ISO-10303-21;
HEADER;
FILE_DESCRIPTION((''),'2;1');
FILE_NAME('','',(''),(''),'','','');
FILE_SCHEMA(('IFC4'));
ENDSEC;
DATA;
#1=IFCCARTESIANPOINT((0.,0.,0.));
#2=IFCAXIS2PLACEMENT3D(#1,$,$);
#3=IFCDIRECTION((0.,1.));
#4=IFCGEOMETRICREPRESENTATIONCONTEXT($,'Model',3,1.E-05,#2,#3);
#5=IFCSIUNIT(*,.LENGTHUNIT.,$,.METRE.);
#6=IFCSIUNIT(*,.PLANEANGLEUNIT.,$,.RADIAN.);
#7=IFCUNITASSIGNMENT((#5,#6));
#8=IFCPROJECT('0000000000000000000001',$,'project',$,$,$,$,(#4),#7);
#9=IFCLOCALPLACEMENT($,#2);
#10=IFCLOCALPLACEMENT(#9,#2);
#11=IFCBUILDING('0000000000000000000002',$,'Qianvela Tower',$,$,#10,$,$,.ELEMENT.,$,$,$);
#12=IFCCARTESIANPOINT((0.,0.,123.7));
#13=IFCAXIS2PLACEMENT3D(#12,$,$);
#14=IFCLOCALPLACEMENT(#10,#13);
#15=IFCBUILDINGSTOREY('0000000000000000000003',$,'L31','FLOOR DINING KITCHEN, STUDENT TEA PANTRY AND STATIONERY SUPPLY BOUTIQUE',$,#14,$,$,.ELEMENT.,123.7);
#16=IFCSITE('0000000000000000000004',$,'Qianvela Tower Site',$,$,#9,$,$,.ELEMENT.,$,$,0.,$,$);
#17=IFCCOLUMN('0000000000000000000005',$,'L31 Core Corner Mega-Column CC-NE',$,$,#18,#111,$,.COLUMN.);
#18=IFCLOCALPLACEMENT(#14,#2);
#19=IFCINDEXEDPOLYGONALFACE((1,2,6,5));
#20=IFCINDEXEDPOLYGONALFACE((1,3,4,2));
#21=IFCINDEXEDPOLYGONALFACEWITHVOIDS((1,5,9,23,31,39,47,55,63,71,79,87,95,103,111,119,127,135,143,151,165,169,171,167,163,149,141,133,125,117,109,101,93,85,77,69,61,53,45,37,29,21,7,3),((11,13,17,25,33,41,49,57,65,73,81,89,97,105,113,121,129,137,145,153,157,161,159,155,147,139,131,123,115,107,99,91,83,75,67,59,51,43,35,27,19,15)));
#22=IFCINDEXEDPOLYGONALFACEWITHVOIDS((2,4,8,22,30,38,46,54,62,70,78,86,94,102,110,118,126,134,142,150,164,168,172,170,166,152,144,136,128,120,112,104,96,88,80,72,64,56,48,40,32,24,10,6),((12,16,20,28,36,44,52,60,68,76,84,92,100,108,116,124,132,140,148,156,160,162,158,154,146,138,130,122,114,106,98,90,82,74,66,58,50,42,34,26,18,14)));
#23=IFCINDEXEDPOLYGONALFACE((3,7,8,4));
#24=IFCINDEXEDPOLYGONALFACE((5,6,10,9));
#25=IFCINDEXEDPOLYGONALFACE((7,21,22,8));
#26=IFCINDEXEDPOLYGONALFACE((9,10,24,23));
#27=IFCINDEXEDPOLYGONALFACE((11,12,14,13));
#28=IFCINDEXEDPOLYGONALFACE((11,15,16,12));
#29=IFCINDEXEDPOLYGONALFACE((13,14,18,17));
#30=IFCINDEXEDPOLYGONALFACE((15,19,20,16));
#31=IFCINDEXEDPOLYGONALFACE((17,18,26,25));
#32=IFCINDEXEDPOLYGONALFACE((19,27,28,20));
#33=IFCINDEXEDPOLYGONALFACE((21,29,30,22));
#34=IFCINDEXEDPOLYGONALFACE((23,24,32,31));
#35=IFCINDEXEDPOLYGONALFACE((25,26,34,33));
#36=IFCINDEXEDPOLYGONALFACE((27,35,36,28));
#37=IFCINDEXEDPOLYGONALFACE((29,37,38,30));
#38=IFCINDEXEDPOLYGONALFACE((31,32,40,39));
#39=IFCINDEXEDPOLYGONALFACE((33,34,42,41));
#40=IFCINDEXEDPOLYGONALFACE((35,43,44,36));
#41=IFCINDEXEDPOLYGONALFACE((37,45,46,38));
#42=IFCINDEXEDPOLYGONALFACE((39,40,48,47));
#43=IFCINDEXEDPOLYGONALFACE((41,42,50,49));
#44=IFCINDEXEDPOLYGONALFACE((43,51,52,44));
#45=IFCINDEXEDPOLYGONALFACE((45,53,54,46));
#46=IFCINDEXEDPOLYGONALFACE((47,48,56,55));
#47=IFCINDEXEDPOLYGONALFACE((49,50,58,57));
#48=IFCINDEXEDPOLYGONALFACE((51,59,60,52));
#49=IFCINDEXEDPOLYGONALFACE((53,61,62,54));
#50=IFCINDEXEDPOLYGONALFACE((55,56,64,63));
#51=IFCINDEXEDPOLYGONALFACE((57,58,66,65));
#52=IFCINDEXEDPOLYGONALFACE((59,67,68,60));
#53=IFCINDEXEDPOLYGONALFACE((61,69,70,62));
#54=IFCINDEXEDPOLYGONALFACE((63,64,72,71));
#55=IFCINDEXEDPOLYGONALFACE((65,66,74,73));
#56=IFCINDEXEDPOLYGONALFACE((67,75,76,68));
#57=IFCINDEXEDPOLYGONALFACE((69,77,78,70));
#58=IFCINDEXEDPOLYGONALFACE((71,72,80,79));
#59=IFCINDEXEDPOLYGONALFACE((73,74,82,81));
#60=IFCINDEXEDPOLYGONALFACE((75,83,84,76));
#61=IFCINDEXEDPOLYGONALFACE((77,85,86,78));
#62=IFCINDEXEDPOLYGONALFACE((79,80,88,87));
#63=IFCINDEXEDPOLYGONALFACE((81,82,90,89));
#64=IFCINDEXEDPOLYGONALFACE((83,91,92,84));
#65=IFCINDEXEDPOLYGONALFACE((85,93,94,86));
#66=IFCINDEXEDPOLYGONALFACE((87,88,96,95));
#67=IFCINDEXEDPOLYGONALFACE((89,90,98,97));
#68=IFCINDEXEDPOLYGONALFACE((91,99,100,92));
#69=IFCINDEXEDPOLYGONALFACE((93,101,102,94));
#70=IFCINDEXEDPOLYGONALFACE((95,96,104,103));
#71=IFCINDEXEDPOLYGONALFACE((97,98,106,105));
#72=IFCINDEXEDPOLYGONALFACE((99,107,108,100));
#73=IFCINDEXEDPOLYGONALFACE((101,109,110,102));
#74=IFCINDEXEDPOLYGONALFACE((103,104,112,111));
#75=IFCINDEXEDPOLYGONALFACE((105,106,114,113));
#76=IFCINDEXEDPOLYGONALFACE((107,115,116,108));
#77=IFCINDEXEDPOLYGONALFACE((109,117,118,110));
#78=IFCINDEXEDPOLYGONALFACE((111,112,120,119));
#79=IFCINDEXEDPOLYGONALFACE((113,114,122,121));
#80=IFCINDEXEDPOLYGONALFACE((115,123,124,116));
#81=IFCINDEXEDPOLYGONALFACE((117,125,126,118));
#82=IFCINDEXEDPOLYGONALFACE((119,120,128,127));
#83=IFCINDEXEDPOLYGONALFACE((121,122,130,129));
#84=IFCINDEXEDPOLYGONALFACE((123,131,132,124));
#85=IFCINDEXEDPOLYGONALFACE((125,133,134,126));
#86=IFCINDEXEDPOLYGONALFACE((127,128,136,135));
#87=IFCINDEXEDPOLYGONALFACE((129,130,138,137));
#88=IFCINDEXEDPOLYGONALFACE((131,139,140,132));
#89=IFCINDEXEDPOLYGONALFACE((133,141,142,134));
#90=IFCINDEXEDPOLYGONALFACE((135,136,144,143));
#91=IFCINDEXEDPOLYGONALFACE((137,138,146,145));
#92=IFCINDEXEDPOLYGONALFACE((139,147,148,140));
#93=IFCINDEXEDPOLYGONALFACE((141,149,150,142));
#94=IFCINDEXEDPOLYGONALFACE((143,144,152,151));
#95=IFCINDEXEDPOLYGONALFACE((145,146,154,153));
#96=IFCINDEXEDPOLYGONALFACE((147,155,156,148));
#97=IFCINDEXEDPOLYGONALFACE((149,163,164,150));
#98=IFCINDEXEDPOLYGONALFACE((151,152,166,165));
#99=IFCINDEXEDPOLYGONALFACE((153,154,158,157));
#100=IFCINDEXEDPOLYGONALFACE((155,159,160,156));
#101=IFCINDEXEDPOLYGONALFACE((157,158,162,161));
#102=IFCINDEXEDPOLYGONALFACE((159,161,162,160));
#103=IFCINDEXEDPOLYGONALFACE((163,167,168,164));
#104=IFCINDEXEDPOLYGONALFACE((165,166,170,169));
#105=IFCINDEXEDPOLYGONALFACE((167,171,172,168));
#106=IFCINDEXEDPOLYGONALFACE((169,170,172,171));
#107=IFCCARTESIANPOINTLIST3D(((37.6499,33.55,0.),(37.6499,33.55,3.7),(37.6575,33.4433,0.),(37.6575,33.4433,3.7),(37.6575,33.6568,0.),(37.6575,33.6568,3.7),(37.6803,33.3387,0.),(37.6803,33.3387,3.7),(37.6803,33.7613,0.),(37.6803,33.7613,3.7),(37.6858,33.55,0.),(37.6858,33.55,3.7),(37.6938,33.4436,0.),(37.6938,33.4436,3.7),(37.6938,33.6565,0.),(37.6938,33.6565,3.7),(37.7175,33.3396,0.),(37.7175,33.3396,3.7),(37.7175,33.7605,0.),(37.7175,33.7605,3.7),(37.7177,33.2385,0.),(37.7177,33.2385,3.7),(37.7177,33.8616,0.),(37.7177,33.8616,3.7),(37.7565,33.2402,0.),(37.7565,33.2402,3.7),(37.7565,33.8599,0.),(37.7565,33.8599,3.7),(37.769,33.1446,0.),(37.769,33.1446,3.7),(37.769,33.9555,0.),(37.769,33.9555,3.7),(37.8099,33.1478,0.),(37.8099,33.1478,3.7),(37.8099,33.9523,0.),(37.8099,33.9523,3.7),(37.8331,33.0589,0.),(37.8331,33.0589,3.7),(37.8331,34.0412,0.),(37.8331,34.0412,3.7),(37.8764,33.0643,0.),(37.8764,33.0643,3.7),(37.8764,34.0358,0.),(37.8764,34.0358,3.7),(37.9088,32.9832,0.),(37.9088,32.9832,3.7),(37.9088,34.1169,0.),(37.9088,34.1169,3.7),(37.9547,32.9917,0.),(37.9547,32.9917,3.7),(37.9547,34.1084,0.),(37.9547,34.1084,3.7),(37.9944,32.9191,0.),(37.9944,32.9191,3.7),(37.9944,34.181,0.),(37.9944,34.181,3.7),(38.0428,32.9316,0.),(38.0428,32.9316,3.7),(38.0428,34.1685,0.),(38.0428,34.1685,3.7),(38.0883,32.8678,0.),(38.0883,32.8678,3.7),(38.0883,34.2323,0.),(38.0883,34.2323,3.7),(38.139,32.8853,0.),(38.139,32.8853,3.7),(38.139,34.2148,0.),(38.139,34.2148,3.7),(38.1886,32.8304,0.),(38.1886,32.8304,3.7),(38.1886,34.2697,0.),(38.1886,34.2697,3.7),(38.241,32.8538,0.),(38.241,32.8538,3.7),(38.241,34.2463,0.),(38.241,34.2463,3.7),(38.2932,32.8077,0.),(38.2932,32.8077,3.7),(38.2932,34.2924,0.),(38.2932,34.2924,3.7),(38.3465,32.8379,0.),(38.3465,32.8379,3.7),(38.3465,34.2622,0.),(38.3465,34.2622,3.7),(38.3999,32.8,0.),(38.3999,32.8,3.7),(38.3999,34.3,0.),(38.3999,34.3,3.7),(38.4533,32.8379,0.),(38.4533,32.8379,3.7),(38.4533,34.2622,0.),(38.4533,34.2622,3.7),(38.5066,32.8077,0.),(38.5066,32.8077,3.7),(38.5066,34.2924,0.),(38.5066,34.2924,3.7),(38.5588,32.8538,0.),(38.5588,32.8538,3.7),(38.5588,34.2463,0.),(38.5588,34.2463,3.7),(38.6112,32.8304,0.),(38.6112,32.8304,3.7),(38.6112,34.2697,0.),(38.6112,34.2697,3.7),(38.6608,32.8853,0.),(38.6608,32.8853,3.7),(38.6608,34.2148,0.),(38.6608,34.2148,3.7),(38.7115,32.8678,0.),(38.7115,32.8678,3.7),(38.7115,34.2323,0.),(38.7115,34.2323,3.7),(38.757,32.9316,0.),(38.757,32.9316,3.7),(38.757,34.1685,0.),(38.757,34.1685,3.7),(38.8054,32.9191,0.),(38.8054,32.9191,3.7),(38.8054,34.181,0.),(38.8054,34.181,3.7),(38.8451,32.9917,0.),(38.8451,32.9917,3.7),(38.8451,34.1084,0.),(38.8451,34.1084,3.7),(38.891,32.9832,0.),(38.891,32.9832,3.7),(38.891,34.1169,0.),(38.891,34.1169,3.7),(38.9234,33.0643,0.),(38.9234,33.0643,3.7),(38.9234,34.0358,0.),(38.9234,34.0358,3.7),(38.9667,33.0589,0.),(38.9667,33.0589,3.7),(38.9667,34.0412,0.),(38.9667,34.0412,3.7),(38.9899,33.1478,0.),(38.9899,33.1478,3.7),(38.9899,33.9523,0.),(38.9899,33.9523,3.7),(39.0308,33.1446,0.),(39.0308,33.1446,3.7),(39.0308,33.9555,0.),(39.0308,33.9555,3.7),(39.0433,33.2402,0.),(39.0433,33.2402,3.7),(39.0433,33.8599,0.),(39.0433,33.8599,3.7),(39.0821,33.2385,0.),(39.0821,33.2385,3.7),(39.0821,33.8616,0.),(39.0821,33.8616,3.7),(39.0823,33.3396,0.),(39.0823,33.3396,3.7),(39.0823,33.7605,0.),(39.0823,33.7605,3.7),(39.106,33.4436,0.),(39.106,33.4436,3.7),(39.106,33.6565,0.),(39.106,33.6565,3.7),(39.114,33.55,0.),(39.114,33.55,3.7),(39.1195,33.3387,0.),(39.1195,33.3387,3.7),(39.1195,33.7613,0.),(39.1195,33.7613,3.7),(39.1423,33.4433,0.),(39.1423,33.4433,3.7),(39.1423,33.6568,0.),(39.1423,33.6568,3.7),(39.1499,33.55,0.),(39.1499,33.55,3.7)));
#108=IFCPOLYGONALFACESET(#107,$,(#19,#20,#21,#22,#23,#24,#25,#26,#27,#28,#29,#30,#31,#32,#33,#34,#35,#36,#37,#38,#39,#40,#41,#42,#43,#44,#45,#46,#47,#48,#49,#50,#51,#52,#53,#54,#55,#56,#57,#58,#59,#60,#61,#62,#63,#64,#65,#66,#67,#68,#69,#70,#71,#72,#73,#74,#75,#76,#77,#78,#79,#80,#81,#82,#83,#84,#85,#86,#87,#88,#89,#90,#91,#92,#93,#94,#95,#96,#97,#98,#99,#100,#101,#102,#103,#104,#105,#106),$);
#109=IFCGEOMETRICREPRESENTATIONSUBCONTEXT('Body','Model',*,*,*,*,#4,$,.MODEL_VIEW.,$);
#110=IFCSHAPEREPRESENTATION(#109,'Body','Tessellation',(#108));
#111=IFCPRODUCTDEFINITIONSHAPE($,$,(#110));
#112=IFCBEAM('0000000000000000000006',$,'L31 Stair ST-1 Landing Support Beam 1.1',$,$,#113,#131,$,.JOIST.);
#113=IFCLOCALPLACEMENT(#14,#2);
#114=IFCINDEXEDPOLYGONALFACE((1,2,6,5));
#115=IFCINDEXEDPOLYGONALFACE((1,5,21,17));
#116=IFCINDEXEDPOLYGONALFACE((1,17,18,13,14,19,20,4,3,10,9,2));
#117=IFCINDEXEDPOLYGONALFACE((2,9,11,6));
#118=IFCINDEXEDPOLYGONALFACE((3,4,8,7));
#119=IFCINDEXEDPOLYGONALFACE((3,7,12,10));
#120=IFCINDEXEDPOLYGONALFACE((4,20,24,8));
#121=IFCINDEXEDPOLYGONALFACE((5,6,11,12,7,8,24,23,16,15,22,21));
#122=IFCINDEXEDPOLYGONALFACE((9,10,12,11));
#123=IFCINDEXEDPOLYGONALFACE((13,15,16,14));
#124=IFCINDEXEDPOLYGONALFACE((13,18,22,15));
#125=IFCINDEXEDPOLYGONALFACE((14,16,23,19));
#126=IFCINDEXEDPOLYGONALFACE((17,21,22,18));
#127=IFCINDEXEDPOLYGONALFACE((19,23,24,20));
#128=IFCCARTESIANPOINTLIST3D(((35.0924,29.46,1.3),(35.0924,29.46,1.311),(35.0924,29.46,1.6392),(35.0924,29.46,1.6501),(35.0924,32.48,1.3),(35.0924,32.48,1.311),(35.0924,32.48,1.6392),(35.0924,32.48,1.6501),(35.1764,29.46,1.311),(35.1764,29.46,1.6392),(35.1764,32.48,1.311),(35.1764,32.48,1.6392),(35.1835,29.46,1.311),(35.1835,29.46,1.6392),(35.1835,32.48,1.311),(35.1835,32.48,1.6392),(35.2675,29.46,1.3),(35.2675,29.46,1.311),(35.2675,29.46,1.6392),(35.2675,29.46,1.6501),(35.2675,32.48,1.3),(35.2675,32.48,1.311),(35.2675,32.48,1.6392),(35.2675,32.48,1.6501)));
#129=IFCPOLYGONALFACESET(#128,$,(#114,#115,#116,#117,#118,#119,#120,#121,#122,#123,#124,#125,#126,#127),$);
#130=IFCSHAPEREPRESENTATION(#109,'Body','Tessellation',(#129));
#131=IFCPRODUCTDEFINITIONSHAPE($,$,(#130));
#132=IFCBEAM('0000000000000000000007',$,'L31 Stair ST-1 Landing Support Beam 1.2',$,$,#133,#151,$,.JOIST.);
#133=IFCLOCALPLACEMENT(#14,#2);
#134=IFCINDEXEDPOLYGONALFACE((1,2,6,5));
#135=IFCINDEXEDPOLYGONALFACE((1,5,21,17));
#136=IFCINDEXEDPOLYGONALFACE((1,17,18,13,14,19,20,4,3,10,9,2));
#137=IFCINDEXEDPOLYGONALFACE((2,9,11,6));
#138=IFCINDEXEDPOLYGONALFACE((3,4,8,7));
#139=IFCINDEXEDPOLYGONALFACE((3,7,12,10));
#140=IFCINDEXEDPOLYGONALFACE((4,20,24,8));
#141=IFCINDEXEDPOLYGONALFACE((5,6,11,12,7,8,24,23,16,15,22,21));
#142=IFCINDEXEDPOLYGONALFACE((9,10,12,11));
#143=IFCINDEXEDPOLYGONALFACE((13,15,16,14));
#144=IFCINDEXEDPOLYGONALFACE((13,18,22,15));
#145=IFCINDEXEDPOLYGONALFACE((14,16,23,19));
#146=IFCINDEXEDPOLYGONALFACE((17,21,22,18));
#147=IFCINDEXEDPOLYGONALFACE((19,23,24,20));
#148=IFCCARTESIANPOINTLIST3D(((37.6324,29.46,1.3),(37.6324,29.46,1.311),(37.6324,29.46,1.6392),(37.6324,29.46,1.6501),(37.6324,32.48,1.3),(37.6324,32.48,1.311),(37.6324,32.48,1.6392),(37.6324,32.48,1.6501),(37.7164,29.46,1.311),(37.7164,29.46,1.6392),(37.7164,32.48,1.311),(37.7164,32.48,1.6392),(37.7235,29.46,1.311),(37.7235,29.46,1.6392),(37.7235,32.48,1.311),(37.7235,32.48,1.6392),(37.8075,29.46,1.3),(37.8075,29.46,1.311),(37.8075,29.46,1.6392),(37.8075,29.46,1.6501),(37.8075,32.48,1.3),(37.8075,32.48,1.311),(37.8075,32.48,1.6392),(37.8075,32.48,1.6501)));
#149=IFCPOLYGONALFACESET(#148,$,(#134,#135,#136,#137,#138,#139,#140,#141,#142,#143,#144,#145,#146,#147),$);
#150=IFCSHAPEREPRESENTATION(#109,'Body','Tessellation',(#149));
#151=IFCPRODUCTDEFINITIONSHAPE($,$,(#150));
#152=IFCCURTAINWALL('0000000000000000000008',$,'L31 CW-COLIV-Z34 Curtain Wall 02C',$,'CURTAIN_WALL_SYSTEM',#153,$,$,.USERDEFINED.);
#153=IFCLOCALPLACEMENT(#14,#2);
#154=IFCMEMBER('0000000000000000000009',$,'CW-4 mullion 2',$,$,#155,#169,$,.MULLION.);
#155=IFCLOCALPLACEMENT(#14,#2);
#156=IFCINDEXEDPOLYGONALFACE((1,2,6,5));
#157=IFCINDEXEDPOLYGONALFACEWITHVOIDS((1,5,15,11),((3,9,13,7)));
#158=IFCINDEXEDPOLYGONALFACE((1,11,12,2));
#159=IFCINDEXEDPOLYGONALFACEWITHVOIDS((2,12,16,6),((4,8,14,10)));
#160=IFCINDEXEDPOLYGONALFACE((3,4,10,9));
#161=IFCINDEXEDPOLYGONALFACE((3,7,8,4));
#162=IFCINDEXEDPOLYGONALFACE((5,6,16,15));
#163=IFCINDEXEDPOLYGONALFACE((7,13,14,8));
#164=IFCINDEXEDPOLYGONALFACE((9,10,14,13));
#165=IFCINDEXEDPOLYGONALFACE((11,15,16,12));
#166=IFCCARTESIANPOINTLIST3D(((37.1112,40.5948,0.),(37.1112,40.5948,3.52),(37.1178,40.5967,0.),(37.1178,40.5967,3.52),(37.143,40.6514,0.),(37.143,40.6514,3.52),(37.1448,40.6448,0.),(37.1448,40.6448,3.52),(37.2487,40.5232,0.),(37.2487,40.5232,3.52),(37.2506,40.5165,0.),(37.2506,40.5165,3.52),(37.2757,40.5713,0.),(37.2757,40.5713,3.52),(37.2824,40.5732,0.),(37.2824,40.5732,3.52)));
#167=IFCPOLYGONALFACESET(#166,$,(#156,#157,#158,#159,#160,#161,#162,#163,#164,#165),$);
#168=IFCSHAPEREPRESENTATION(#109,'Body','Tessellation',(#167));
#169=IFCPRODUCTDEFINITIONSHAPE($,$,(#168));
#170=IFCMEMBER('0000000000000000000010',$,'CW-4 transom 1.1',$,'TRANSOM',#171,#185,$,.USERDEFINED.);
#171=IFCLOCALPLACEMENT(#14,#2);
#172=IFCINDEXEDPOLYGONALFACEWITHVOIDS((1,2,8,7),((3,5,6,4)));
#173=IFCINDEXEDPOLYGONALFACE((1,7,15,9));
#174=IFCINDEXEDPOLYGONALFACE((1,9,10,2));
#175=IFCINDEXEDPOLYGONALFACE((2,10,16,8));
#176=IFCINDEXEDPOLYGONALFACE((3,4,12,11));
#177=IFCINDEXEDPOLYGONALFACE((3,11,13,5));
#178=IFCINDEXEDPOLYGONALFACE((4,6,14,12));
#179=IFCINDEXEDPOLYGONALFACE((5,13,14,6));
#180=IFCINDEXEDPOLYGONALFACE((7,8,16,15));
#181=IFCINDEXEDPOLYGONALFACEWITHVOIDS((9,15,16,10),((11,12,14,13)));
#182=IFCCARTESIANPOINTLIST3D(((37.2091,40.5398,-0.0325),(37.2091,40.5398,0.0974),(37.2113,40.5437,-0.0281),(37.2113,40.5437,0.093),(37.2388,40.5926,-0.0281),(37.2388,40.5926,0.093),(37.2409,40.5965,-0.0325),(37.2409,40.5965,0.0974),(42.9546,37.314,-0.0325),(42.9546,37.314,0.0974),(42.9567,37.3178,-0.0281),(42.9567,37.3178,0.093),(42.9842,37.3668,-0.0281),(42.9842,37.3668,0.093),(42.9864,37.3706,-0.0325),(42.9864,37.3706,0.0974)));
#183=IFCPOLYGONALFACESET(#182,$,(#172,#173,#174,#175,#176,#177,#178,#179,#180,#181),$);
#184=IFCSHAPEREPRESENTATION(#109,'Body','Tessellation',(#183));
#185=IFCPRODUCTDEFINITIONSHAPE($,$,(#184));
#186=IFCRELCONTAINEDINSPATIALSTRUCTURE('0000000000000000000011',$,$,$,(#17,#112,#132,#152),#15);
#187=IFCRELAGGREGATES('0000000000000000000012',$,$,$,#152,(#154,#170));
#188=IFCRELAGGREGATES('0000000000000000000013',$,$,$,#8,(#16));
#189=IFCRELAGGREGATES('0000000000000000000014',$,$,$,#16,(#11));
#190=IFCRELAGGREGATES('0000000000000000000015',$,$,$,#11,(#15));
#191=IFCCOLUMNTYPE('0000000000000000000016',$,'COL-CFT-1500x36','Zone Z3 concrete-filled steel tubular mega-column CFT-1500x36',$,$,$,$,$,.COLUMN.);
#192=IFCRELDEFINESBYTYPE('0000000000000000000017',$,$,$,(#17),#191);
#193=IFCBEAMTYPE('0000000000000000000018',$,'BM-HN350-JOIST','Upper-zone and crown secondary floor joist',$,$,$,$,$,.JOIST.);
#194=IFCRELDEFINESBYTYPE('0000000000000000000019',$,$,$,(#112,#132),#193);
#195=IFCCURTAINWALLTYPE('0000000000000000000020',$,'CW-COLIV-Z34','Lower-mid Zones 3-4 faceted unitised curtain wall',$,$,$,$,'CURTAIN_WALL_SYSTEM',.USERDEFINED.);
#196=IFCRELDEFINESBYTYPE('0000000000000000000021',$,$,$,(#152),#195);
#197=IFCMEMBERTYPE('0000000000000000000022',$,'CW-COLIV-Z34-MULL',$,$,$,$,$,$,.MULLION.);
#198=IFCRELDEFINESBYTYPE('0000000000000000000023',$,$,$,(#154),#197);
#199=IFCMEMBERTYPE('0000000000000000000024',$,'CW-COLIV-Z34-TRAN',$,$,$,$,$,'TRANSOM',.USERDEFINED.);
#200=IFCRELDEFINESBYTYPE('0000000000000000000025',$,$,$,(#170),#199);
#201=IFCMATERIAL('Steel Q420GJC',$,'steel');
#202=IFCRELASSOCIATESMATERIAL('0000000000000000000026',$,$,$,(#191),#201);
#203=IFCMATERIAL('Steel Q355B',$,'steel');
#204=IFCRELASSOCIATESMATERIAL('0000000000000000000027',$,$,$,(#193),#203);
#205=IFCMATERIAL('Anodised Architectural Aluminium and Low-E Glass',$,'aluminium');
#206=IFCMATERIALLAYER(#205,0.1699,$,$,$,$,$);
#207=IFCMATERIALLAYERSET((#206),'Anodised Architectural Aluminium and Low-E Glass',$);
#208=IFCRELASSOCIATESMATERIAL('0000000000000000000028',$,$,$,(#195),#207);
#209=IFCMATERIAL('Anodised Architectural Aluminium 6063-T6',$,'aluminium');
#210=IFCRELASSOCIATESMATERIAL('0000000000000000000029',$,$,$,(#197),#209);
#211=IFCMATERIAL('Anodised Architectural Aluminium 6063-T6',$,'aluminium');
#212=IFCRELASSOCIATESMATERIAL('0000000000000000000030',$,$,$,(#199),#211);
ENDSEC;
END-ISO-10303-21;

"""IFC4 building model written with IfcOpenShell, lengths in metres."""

from ifc_helpers import new_model, si_unit, direction, frame, origin, origin_2d, place, context, subcontext, project, spatial, hollow_rectangle, hollow_circle, i_section, extrude, material, layer, layer_set, material_profile, profile_set, type_object, element, aggregate, save


model = new_model("IFC4")

# Units and contexts
model_context = context("Model", 3, precision=1e-05, world=origin(), true_north=direction((0.0, 1.0)))
body_context = subcontext(model_context, "Body", "Model", "MODEL_VIEW")
ifc_project = project(units=[si_unit("LENGTHUNIT", "METRE"), si_unit("PLANEANGLEUNIT", "RADIAN")], contexts=[model_context])

# Site, building, storey
site_placement = place(None, origin())
site = spatial("IfcSite", under=ifc_project, at=site_placement, Name="Qianvela Tower Site", CompositionType="ELEMENT", RefElevation=0.0)
building_placement = place(site_placement, origin())
building = spatial("IfcBuilding", under=site, at=building_placement, Name="Qianvela Tower", CompositionType="ELEMENT")
storey_placement = place(building_placement, frame((0.0, 0.0, 123.7)))
storey = spatial("IfcBuildingStorey", under=building, at=storey_placement, Name="L31", Description="FLOOR DINING KITCHEN, STUDENT TEA PANTRY AND STATIONERY SUPPLY BOUTIQUE", CompositionType="ELEMENT", Elevation=123.7)

# Column
ifc_material_1 = material(Name="Steel Q420GJC", Category="steel")
ifc_material_profile_1 = material_profile(ifc_material_1, hollow_circle(Radius=0.75, WallThickness=0.0359, at=origin_2d()), Name="CFT-1500x36")
ifc_profile_set_1 = profile_set([ifc_material_profile_1], Name="Steel Q420GJC")
column_type = type_object("IfcColumnType", Name="COL-CFT-1500x36", Description="Zone Z3 concrete-filled steel tubular mega-column CFT-1500x36", PredefinedType="COLUMN", material=ifc_profile_set_1)
column_placement = place(storey_placement, frame((38.3999, 33.55, 0.0), z_axis=(0.0, 0.0, 1.0), x_axis=(1.0, 0.0, 0.0)))
element("IfcColumn", 1, at=column_placement, inside=storey, type_object=column_type, Name="L31 Core Corner Mega-Column CC-NE", PredefinedType="COLUMN", context=body_context, shape_type="SweptSolid", body=[
    extrude(hollow_circle(Radius=0.75, WallThickness=0.0359, at=origin_2d()), origin(), (0.0, 0.0, 1.0), 3.7),
])

# Beams
ifc_material_2 = material(Name="Steel Q355B", Category="steel")
ifc_material_profile_2 = material_profile(ifc_material_2, i_section(OverallWidth=0.175, OverallDepth=0.3501, WebThickness=0.0071, FlangeThickness=0.011, at=origin_2d()), Name="HN350x175x7x11")
ifc_profile_set_2 = profile_set([ifc_material_profile_2], Name="Steel Q355B")
beam_type = type_object("IfcBeamType", Name="BM-HN350-JOIST", Description="Upper-zone and crown secondary floor joist", PredefinedType="JOIST", material=ifc_profile_set_2)
for number, where, z_axis, x_axis, name in (
    (2, (35.1799, 29.46, 1.4751), (0.0, 1.0, 0.0), (-1.0, 0.0, 0.0), "L31 Stair ST-1 Landing Support Beam 1.1"),
    (3, (37.72, 29.46, 1.4751), (0.0, 1.0, 0.0), (-1.0, 0.0, 0.0), "L31 Stair ST-1 Landing Support Beam 1.2"),
):
    element("IfcBeam", number, at=place(storey_placement, frame(where, z_axis=z_axis, x_axis=x_axis)), inside=storey, type_object=beam_type, Name=name, PredefinedType="JOIST", context=body_context, shape_type="SweptSolid", body=[
        extrude(i_section(OverallWidth=0.175, OverallDepth=0.3501, WebThickness=0.0071, FlangeThickness=0.011, at=origin_2d()), origin(), (0.0, 0.0, 1.0), 3.02),
    ])

# Curtain wall, members
ifc_material_3 = material(Name="Anodised Architectural Aluminium and Low-E Glass", Category="aluminium")
ifc_layer_1 = layer(ifc_material_3, 0.1699)
ifc_layer_set_1 = layer_set([ifc_layer_1], Name="Anodised Architectural Aluminium and Low-E Glass")
curtain_wall_type = type_object("IfcCurtainWallType", Name="CW-COLIV-Z34", Description="Lower-mid Zones 3-4 faceted unitised curtain wall", ElementType="CURTAIN_WALL_SYSTEM", PredefinedType="USERDEFINED", material=ifc_layer_set_1)
curtain_wall_placement = place(storey_placement, origin())
curtain_wall = element("IfcCurtainWall", 4, at=curtain_wall_placement, inside=storey, type_object=curtain_wall_type, Name="L31 CW-COLIV-Z34 Curtain Wall 02C", ObjectType="CURTAIN_WALL_SYSTEM", PredefinedType="USERDEFINED")
ifc_material_4 = material(Name="Anodised Architectural Aluminium 6063-T6", Category="aluminium")
ifc_material_profile_3 = material_profile(ifc_material_4, hollow_rectangle(XDim=0.0649, YDim=0.1599, WallThickness=0.0049, at=origin_2d()), Name="ALU-MULL-65x160")
ifc_profile_set_3 = profile_set([ifc_material_profile_3], Name="Anodised Architectural Aluminium 6063-T6")
member_type_1 = type_object("IfcMemberType", Name="CW-COLIV-Z34-MULL", PredefinedType="MULLION", material=ifc_profile_set_3)
member_1_placement = place(storey_placement, frame((37.1968, 40.584, 0.0), z_axis=(0.0, 0.0, 1.0), x_axis=(-0.489576, -0.87196, 0.0)))
member_1 = element("IfcMember", 5, at=member_1_placement, type_object=member_type_1, Name="CW-4 mullion 2", PredefinedType="MULLION", context=body_context, shape_type="SweptSolid", body=[
    extrude(hollow_rectangle(XDim=0.0649, YDim=0.1599, WallThickness=0.0049, at=origin_2d()), origin(), (0.0, 0.0, 1.0), 3.52),
])
ifc_material_5 = material(Name="Anodised Architectural Aluminium 6063-T6", Category="aluminium")
ifc_material_profile_4 = material_profile(ifc_material_5, hollow_rectangle(XDim=0.0649, YDim=0.1299, WallThickness=0.0044, at=origin_2d()), Name="ALU-TRAN-65x130")
ifc_profile_set_4 = profile_set([ifc_material_profile_4], Name="Anodised Architectural Aluminium 6063-T6")
member_type_2 = type_object("IfcMemberType", Name="CW-COLIV-Z34-TRAN", ElementType="TRANSOM", PredefinedType="USERDEFINED", material=ifc_profile_set_4)
member_2_placement = place(storey_placement, frame((42.9705, 37.3423, 0.0325), z_axis=(-0.87196, 0.489577, 0.0), x_axis=(-0.489577, -0.87196, 0.0)))
member_2 = element("IfcMember", 6, at=member_2_placement, type_object=member_type_2, Name="CW-4 transom 1.1", ObjectType="TRANSOM", PredefinedType="USERDEFINED", context=body_context, shape_type="SweptSolid", body=[
    extrude(hollow_rectangle(XDim=0.0649, YDim=0.1299, WallThickness=0.0044, at=origin_2d()), origin(), (0.0, 0.0, 1.0), 6.5891),
])
aggregate(curtain_wall, [member_1, member_2])

save(model, "model.ifc")
